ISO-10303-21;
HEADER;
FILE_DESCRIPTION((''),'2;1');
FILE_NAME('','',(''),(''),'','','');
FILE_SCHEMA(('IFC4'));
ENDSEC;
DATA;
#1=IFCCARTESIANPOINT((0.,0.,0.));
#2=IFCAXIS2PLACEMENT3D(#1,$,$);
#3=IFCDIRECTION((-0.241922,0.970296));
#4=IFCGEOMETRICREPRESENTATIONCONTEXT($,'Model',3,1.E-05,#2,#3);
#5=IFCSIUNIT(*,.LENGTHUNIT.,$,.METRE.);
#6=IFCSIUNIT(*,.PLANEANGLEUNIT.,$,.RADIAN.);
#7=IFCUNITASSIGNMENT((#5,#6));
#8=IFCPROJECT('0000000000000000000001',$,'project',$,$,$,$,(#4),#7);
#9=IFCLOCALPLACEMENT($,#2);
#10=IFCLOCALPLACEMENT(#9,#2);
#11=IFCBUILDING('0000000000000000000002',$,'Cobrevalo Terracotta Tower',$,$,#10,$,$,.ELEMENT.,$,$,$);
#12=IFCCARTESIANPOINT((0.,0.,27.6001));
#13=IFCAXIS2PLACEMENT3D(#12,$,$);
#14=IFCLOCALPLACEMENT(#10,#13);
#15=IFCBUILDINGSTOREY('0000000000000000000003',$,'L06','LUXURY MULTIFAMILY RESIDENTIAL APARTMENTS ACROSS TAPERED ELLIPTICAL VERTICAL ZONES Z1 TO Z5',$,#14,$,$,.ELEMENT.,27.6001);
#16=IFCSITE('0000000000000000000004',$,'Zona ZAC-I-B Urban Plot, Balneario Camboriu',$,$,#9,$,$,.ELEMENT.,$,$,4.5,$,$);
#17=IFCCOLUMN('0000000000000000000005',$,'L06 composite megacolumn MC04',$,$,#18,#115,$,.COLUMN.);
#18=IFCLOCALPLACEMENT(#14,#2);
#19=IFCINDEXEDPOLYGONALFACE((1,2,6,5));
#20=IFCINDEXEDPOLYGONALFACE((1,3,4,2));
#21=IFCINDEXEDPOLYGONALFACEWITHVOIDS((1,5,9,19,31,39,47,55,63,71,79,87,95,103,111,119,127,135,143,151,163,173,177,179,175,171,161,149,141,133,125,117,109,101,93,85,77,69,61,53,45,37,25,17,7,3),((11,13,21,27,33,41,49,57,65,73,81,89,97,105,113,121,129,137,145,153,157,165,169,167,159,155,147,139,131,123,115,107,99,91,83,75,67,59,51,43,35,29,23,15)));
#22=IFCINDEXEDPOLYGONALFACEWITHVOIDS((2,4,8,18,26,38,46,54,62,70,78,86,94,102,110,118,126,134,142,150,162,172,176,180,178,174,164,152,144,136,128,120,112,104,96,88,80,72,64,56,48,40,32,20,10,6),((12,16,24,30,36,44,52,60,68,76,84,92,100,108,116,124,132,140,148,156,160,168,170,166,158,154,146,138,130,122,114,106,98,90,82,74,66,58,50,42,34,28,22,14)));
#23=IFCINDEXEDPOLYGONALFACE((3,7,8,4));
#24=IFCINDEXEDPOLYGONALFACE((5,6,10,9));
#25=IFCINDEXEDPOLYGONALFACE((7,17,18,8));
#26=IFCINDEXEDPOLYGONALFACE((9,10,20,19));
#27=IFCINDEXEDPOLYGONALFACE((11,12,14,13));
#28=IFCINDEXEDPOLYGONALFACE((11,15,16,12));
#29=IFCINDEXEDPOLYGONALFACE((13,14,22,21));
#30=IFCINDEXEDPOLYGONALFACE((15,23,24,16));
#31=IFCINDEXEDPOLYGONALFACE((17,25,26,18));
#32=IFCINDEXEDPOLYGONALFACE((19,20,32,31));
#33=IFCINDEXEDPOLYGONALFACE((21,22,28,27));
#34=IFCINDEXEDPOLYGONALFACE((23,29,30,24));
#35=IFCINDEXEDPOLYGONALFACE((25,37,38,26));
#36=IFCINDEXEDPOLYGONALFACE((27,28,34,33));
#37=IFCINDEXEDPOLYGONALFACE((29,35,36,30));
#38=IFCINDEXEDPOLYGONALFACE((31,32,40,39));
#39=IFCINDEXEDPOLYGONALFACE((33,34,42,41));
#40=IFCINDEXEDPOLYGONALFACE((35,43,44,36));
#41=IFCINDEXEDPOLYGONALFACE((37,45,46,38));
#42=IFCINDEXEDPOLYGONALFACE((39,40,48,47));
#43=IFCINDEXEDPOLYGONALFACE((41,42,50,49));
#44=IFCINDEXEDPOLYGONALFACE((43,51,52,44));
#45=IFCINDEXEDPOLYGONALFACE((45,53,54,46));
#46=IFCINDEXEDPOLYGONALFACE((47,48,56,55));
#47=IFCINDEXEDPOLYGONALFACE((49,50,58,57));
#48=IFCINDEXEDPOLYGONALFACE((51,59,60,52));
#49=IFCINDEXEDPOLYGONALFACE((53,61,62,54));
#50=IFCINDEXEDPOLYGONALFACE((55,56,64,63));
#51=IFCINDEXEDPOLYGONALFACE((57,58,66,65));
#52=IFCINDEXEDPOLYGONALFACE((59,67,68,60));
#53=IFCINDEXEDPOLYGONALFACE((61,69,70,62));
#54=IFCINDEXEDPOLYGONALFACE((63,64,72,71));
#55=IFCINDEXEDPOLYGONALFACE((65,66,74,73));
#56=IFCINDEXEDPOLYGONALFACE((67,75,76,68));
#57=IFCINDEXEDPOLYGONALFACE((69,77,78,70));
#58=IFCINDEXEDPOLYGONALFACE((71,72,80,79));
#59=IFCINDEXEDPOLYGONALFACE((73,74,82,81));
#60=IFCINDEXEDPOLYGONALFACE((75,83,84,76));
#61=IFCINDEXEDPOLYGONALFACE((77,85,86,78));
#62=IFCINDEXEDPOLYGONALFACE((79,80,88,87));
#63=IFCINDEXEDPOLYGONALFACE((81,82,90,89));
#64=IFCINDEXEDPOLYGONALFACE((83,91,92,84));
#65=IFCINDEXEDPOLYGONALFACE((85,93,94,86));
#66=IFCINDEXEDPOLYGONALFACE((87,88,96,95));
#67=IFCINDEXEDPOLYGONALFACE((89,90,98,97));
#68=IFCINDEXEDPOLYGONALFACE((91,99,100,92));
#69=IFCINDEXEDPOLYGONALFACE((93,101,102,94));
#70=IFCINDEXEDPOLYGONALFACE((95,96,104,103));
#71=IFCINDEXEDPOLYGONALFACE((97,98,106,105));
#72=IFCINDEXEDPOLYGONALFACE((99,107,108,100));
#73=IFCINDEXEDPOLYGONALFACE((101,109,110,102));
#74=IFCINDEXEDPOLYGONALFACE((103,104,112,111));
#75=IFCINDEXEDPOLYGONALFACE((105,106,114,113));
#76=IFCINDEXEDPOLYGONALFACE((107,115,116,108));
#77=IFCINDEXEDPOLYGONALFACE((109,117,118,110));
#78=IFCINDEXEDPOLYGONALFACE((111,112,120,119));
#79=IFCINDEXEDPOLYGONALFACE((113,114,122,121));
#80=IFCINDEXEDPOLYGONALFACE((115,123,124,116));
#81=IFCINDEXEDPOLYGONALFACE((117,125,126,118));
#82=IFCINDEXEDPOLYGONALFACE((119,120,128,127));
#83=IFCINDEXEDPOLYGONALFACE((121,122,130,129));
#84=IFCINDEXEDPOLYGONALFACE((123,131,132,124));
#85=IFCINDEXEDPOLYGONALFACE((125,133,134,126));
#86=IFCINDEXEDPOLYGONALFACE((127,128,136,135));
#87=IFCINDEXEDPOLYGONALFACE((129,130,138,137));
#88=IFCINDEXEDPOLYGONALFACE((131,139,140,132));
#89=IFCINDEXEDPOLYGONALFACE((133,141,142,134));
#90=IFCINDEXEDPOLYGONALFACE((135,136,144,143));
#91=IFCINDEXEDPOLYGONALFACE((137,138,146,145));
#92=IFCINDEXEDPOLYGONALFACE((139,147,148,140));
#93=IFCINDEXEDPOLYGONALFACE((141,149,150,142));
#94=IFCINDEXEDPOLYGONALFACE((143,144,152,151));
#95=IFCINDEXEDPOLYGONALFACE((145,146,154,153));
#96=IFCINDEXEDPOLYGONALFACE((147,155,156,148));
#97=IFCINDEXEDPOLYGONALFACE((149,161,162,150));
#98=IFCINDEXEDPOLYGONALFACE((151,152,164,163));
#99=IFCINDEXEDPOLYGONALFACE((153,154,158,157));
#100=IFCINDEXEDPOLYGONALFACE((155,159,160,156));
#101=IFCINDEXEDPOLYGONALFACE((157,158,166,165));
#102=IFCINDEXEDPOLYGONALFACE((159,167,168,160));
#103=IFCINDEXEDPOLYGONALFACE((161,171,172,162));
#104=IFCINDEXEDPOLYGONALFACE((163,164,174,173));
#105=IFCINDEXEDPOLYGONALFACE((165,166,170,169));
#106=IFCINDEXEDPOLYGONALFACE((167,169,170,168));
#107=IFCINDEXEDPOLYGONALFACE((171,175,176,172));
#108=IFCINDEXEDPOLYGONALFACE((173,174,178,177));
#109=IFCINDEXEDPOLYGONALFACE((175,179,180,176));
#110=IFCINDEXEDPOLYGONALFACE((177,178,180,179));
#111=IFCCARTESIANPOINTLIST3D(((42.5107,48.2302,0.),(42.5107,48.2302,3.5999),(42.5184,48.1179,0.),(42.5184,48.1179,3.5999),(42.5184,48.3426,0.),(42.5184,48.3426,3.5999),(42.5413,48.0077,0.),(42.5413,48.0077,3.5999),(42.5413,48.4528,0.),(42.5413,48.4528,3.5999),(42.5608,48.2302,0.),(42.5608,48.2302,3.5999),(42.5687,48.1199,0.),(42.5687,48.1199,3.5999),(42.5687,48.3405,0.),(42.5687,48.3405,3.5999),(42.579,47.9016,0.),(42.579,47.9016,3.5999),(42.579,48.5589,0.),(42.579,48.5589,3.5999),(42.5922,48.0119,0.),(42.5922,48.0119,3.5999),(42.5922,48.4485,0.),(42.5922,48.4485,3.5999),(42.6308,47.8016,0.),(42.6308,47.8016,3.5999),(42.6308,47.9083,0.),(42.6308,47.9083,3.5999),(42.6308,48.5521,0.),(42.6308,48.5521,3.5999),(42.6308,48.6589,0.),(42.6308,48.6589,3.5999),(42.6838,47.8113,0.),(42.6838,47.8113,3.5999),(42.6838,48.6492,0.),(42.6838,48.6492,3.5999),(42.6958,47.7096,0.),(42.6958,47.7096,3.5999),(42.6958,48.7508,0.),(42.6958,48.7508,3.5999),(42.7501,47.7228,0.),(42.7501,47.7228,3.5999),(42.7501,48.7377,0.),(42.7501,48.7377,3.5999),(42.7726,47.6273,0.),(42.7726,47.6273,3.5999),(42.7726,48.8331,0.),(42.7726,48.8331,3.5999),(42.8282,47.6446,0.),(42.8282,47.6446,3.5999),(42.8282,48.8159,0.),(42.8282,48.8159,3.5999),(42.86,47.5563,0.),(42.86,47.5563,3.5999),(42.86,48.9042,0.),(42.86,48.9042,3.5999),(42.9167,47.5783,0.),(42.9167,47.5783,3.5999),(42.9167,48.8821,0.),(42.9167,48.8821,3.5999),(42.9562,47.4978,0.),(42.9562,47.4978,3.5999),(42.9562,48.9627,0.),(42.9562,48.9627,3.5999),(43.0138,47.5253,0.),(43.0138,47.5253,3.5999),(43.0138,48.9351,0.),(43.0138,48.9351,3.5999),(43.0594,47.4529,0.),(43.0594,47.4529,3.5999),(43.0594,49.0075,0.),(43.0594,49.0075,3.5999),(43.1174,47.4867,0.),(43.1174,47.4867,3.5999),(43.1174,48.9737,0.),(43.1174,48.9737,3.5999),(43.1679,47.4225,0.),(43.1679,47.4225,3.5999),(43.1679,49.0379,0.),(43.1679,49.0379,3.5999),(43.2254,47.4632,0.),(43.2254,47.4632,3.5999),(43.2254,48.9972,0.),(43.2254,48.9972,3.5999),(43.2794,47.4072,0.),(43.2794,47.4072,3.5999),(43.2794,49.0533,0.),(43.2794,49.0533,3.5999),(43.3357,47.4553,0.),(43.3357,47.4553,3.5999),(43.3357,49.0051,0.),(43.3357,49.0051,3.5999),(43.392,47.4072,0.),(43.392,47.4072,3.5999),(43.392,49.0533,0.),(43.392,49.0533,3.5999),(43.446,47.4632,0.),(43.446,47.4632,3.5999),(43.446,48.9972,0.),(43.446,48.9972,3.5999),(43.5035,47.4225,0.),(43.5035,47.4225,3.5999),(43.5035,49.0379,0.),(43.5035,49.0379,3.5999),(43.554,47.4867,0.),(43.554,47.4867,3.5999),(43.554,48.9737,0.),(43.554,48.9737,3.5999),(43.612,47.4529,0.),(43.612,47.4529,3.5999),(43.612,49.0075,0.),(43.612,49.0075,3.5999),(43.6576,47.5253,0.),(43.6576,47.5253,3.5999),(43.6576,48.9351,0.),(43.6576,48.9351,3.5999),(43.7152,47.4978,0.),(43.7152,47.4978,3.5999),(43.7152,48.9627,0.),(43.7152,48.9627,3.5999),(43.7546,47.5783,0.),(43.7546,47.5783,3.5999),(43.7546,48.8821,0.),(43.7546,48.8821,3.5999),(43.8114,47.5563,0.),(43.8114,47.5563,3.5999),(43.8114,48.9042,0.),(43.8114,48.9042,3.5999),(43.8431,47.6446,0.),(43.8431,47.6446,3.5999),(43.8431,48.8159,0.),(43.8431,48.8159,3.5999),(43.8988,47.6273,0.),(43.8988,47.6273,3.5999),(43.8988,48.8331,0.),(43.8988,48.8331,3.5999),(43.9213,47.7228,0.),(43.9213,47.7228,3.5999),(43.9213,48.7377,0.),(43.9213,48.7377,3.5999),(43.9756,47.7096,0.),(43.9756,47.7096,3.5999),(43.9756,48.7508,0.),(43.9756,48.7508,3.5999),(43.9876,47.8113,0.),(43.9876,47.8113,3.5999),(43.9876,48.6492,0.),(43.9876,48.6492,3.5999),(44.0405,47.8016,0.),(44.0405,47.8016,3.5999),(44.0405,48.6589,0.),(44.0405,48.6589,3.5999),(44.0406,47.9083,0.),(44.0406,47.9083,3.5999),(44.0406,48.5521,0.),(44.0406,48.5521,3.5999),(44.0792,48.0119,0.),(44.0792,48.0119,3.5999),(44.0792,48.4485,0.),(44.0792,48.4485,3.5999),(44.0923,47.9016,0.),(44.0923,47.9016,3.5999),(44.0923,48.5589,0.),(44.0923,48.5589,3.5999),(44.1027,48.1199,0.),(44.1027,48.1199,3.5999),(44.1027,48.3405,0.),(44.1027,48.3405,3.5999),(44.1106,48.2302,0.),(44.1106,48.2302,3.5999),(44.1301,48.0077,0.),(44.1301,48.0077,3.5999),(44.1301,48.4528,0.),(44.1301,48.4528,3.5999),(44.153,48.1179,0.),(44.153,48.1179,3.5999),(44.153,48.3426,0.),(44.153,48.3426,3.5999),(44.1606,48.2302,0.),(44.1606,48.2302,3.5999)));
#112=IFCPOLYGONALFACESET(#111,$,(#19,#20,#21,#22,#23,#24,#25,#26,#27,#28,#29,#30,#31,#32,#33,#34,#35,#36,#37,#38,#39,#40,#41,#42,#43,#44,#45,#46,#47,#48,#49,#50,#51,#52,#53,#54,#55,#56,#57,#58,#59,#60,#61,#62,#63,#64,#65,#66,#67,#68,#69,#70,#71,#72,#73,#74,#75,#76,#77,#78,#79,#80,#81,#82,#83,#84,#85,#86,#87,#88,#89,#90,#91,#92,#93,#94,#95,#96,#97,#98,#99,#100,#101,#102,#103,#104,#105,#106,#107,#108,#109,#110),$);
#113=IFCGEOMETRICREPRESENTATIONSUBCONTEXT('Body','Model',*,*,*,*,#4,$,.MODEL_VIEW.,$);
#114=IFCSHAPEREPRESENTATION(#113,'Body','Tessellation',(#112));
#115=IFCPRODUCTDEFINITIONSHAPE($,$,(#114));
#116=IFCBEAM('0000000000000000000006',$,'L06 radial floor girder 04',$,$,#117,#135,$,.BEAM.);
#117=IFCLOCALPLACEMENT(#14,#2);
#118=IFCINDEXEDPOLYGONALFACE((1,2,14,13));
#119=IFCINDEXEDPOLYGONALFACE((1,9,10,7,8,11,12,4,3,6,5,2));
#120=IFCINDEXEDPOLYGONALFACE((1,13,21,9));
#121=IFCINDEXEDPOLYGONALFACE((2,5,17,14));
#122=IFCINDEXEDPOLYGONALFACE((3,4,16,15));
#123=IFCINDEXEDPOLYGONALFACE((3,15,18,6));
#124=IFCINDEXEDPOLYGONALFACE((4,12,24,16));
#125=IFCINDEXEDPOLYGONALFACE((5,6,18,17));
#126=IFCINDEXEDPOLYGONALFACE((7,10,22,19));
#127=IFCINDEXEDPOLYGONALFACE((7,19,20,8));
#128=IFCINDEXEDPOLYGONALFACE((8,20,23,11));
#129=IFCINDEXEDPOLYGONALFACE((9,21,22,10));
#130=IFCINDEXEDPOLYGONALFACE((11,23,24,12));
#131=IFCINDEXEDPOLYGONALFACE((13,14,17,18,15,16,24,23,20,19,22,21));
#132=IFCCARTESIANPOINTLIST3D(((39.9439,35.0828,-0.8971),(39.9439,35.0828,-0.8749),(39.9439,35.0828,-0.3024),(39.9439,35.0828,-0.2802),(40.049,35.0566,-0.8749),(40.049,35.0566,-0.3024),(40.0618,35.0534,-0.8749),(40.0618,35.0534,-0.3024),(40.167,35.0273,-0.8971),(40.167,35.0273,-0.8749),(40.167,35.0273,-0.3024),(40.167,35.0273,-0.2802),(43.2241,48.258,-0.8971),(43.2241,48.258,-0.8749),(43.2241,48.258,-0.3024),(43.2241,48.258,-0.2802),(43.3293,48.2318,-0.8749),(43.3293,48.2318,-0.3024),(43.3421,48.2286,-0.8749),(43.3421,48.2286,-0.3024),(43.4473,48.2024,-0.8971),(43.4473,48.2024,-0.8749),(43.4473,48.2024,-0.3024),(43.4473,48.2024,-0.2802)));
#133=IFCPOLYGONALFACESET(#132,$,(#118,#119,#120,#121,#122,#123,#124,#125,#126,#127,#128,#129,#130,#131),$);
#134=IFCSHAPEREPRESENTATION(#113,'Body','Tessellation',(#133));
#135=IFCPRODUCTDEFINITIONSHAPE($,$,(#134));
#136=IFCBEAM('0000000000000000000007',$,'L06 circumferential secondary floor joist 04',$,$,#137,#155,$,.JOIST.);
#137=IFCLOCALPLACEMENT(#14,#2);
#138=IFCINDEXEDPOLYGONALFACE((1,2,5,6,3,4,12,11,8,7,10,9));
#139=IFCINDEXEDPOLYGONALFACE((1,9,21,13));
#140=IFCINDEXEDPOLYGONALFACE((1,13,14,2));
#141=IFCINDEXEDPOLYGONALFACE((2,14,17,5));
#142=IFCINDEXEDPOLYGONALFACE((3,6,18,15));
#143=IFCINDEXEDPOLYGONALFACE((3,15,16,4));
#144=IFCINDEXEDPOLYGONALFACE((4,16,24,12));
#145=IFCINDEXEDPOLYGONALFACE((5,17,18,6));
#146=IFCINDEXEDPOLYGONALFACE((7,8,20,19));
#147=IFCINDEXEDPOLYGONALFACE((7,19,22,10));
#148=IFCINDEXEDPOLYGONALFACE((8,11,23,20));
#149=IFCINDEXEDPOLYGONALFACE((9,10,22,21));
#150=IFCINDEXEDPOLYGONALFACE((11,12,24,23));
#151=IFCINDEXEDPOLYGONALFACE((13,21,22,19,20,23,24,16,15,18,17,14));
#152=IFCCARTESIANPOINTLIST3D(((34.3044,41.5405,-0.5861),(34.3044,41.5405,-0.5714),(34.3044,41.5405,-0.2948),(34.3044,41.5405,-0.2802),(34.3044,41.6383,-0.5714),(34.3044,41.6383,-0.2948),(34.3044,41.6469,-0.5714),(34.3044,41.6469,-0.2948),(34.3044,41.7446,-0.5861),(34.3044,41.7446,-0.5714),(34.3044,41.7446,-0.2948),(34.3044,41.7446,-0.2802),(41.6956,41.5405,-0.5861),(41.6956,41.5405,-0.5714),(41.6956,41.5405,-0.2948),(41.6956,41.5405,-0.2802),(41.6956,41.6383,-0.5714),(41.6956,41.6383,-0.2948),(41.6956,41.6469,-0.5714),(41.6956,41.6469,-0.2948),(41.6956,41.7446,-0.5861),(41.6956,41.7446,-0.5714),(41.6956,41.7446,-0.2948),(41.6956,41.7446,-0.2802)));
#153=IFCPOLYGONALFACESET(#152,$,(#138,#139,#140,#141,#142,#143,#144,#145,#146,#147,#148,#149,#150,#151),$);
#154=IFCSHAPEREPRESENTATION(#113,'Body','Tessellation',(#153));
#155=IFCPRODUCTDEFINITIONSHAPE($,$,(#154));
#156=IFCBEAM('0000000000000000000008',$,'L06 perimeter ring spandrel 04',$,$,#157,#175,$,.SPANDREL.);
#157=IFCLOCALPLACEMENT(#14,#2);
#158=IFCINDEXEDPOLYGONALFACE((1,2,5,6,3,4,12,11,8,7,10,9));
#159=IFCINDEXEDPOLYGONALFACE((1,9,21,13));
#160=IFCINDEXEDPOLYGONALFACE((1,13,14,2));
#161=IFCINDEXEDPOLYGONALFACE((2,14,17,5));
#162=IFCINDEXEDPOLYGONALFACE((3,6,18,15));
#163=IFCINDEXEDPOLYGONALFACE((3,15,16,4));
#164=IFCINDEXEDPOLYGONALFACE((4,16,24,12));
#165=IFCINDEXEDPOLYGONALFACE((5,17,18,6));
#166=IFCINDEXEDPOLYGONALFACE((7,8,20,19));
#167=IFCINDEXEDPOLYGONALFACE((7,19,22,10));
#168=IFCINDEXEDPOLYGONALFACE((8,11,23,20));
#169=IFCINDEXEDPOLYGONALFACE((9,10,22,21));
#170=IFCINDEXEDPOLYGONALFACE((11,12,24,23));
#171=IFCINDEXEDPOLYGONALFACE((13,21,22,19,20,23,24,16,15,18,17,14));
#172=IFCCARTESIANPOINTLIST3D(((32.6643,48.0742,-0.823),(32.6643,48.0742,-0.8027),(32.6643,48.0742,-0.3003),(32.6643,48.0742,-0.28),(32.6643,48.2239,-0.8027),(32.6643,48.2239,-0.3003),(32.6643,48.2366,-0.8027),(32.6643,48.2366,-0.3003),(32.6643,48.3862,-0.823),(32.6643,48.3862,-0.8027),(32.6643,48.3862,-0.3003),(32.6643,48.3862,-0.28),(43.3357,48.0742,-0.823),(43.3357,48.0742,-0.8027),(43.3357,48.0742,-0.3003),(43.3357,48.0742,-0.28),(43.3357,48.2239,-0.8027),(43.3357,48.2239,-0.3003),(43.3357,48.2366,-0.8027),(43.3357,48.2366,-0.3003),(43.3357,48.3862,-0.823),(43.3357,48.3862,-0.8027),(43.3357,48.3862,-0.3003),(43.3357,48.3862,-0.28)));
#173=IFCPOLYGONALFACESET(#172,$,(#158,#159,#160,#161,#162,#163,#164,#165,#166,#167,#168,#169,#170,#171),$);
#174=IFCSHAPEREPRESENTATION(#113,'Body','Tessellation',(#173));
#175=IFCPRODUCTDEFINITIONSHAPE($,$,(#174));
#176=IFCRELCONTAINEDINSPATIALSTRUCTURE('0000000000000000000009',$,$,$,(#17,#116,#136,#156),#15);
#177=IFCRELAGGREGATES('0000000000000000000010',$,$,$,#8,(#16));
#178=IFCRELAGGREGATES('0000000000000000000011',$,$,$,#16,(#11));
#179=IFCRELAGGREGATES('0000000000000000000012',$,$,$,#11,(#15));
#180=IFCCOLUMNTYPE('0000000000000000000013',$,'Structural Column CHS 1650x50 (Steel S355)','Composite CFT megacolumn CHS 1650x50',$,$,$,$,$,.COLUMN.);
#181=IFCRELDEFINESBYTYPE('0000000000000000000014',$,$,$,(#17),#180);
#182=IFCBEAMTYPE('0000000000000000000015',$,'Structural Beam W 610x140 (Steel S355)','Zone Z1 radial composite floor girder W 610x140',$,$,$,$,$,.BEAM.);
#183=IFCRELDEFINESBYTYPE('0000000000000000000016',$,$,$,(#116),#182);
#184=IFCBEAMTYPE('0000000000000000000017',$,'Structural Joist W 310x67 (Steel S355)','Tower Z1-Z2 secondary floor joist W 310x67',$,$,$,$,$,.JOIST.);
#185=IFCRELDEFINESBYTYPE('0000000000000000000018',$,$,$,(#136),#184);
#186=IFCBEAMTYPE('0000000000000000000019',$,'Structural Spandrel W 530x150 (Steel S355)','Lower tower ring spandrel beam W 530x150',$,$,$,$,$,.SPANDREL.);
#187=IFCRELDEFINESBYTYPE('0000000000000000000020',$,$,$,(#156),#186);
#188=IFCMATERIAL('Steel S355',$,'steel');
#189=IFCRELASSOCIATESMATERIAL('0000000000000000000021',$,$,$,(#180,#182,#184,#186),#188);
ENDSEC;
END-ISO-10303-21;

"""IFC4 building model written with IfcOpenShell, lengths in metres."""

from ifc_helpers import new_model, si_unit, direction, frame, origin, origin_2d, place, context, subcontext, project, spatial, hollow_circle, i_section, extrude, material, material_profile, profile_set, type_object, element, save


model = new_model("IFC4")

# Units and contexts
model_context = context("Model", 3, precision=1e-05, world=origin(), true_north=direction((-0.241922, 0.970296)))
body_context = subcontext(model_context, "Body", "Model", "MODEL_VIEW")
ifc_project = project(units=[si_unit("LENGTHUNIT", "METRE"), si_unit("PLANEANGLEUNIT", "RADIAN")], contexts=[model_context])

# Site, building, storey
site_placement = place(None, origin())
site = spatial("IfcSite", under=ifc_project, at=site_placement, Name="Zona ZAC-I-B Urban Plot, Balneario Camboriu", CompositionType="ELEMENT", RefElevation=4.5)
building_placement = place(site_placement, origin())
building = spatial("IfcBuilding", under=site, at=building_placement, Name="Cobrevalo Terracotta Tower", CompositionType="ELEMENT")
storey_placement = place(building_placement, frame((0.0, 0.0, 27.6001)))
storey = spatial("IfcBuildingStorey", under=building, at=storey_placement, Name="L06", Description="LUXURY MULTIFAMILY RESIDENTIAL APARTMENTS ACROSS TAPERED ELLIPTICAL VERTICAL ZONES Z1 TO Z5", CompositionType="ELEMENT", Elevation=27.6001)

# Column
ifc_material_1 = material(Name="Steel S355", Category="steel")
ifc_material_profile_1 = material_profile(ifc_material_1, hollow_circle(Radius=0.825, WallThickness=0.05, at=origin_2d()), Name="CHS 1650x50")
ifc_profile_set_1 = profile_set([ifc_material_profile_1], Name="Steel S355")
column_type = type_object("IfcColumnType", Name="Structural Column CHS 1650x50 (Steel S355)", Description="Composite CFT megacolumn CHS 1650x50", PredefinedType="COLUMN", material=ifc_profile_set_1)
column_placement = place(storey_placement, frame((43.3357, 48.2302, 0.0), z_axis=(0.0, 0.0, 1.0), x_axis=(1.0, 0.0, 0.0)))
element("IfcColumn", 1, at=column_placement, inside=storey, type_object=column_type, Name="L06 composite megacolumn MC04", PredefinedType="COLUMN", context=body_context, shape_type="SweptSolid", body=[
    extrude(hollow_circle(Radius=0.825, WallThickness=0.05, at=origin_2d()), origin(), (0.0, 0.0, 1.0), 3.5999),
])

# Beams
ifc_material_profile_2 = material_profile(ifc_material_1, i_section(OverallWidth=0.23, OverallDepth=0.6169, WebThickness=0.0132, FlangeThickness=0.0222, at=origin_2d()), Name="W 610x140")
ifc_profile_set_2 = profile_set([ifc_material_profile_2], Name="Steel S355")
beam_type_1 = type_object("IfcBeamType", Name="Structural Beam W 610x140 (Steel S355)", Description="Zone Z1 radial composite floor girder W 610x140", PredefinedType="BEAM", material=ifc_profile_set_2)
beam_1_placement = place(storey_placement, frame((43.3357, 48.2302, -0.5886), z_axis=(-0.241596, -0.970377, 0.0), x_axis=(0.970377, -0.241596, 0.0)))
element("IfcBeam", 2, at=beam_1_placement, inside=storey, type_object=beam_type_1, Name="L06 radial floor girder 04", PredefinedType="BEAM", context=body_context, shape_type="SweptSolid", body=[
    extrude(i_section(OverallWidth=0.23, OverallDepth=0.6169, WebThickness=0.0132, FlangeThickness=0.0222, at=origin_2d()), origin(), (0.0, 0.0, 1.0), 13.5774),
])
ifc_material_profile_3 = material_profile(ifc_material_1, i_section(OverallWidth=0.2041, OverallDepth=0.3059, WebThickness=0.0085, FlangeThickness=0.0146, at=origin_2d()), Name="W 310x67")
ifc_profile_set_3 = profile_set([ifc_material_profile_3], Name="Steel S355")
beam_type_2 = type_object("IfcBeamType", Name="Structural Joist W 310x67 (Steel S355)", Description="Tower Z1-Z2 secondary floor joist W 310x67", PredefinedType="JOIST", material=ifc_profile_set_3)
beam_2_placement = place(storey_placement, frame((41.6956, 41.6426, -0.4331), z_axis=(-1.0, 0.0, 0.0), x_axis=(0.0, -1.0, 0.0)))
element("IfcBeam", 3, at=beam_2_placement, inside=storey, type_object=beam_type_2, Name="L06 circumferential secondary floor joist 04", PredefinedType="JOIST", context=body_context, shape_type="SweptSolid", body=[
    extrude(i_section(OverallWidth=0.2041, OverallDepth=0.3059, WebThickness=0.0085, FlangeThickness=0.0146, at=origin_2d()), origin(), (0.0, 0.0, 1.0), 7.3911),
])
ifc_material_profile_4 = material_profile(ifc_material_1, i_section(OverallWidth=0.312, OverallDepth=0.543, WebThickness=0.0127, FlangeThickness=0.0203, at=origin_2d()), Name="W 530x150")
ifc_profile_set_4 = profile_set([ifc_material_profile_4], Name="Steel S355")
beam_type_3 = type_object("IfcBeamType", Name="Structural Spandrel W 530x150 (Steel S355)", Description="Lower tower ring spandrel beam W 530x150", PredefinedType="SPANDREL", material=ifc_profile_set_4)
beam_3_placement = place(storey_placement, frame((43.3357, 48.2302, -0.5515), z_axis=(-1.0, 0.0, 0.0), x_axis=(0.0, -1.0, 0.0)))
element("IfcBeam", 4, at=beam_3_placement, inside=storey, type_object=beam_type_3, Name="L06 perimeter ring spandrel 04", PredefinedType="SPANDREL", context=body_context, shape_type="SweptSolid", body=[
    extrude(i_section(OverallWidth=0.312, OverallDepth=0.543, WebThickness=0.0127, FlangeThickness=0.0203, at=origin_2d()), origin(), (0.0, 0.0, 1.0), 10.6714),
])

save(model, "model.ifc")
